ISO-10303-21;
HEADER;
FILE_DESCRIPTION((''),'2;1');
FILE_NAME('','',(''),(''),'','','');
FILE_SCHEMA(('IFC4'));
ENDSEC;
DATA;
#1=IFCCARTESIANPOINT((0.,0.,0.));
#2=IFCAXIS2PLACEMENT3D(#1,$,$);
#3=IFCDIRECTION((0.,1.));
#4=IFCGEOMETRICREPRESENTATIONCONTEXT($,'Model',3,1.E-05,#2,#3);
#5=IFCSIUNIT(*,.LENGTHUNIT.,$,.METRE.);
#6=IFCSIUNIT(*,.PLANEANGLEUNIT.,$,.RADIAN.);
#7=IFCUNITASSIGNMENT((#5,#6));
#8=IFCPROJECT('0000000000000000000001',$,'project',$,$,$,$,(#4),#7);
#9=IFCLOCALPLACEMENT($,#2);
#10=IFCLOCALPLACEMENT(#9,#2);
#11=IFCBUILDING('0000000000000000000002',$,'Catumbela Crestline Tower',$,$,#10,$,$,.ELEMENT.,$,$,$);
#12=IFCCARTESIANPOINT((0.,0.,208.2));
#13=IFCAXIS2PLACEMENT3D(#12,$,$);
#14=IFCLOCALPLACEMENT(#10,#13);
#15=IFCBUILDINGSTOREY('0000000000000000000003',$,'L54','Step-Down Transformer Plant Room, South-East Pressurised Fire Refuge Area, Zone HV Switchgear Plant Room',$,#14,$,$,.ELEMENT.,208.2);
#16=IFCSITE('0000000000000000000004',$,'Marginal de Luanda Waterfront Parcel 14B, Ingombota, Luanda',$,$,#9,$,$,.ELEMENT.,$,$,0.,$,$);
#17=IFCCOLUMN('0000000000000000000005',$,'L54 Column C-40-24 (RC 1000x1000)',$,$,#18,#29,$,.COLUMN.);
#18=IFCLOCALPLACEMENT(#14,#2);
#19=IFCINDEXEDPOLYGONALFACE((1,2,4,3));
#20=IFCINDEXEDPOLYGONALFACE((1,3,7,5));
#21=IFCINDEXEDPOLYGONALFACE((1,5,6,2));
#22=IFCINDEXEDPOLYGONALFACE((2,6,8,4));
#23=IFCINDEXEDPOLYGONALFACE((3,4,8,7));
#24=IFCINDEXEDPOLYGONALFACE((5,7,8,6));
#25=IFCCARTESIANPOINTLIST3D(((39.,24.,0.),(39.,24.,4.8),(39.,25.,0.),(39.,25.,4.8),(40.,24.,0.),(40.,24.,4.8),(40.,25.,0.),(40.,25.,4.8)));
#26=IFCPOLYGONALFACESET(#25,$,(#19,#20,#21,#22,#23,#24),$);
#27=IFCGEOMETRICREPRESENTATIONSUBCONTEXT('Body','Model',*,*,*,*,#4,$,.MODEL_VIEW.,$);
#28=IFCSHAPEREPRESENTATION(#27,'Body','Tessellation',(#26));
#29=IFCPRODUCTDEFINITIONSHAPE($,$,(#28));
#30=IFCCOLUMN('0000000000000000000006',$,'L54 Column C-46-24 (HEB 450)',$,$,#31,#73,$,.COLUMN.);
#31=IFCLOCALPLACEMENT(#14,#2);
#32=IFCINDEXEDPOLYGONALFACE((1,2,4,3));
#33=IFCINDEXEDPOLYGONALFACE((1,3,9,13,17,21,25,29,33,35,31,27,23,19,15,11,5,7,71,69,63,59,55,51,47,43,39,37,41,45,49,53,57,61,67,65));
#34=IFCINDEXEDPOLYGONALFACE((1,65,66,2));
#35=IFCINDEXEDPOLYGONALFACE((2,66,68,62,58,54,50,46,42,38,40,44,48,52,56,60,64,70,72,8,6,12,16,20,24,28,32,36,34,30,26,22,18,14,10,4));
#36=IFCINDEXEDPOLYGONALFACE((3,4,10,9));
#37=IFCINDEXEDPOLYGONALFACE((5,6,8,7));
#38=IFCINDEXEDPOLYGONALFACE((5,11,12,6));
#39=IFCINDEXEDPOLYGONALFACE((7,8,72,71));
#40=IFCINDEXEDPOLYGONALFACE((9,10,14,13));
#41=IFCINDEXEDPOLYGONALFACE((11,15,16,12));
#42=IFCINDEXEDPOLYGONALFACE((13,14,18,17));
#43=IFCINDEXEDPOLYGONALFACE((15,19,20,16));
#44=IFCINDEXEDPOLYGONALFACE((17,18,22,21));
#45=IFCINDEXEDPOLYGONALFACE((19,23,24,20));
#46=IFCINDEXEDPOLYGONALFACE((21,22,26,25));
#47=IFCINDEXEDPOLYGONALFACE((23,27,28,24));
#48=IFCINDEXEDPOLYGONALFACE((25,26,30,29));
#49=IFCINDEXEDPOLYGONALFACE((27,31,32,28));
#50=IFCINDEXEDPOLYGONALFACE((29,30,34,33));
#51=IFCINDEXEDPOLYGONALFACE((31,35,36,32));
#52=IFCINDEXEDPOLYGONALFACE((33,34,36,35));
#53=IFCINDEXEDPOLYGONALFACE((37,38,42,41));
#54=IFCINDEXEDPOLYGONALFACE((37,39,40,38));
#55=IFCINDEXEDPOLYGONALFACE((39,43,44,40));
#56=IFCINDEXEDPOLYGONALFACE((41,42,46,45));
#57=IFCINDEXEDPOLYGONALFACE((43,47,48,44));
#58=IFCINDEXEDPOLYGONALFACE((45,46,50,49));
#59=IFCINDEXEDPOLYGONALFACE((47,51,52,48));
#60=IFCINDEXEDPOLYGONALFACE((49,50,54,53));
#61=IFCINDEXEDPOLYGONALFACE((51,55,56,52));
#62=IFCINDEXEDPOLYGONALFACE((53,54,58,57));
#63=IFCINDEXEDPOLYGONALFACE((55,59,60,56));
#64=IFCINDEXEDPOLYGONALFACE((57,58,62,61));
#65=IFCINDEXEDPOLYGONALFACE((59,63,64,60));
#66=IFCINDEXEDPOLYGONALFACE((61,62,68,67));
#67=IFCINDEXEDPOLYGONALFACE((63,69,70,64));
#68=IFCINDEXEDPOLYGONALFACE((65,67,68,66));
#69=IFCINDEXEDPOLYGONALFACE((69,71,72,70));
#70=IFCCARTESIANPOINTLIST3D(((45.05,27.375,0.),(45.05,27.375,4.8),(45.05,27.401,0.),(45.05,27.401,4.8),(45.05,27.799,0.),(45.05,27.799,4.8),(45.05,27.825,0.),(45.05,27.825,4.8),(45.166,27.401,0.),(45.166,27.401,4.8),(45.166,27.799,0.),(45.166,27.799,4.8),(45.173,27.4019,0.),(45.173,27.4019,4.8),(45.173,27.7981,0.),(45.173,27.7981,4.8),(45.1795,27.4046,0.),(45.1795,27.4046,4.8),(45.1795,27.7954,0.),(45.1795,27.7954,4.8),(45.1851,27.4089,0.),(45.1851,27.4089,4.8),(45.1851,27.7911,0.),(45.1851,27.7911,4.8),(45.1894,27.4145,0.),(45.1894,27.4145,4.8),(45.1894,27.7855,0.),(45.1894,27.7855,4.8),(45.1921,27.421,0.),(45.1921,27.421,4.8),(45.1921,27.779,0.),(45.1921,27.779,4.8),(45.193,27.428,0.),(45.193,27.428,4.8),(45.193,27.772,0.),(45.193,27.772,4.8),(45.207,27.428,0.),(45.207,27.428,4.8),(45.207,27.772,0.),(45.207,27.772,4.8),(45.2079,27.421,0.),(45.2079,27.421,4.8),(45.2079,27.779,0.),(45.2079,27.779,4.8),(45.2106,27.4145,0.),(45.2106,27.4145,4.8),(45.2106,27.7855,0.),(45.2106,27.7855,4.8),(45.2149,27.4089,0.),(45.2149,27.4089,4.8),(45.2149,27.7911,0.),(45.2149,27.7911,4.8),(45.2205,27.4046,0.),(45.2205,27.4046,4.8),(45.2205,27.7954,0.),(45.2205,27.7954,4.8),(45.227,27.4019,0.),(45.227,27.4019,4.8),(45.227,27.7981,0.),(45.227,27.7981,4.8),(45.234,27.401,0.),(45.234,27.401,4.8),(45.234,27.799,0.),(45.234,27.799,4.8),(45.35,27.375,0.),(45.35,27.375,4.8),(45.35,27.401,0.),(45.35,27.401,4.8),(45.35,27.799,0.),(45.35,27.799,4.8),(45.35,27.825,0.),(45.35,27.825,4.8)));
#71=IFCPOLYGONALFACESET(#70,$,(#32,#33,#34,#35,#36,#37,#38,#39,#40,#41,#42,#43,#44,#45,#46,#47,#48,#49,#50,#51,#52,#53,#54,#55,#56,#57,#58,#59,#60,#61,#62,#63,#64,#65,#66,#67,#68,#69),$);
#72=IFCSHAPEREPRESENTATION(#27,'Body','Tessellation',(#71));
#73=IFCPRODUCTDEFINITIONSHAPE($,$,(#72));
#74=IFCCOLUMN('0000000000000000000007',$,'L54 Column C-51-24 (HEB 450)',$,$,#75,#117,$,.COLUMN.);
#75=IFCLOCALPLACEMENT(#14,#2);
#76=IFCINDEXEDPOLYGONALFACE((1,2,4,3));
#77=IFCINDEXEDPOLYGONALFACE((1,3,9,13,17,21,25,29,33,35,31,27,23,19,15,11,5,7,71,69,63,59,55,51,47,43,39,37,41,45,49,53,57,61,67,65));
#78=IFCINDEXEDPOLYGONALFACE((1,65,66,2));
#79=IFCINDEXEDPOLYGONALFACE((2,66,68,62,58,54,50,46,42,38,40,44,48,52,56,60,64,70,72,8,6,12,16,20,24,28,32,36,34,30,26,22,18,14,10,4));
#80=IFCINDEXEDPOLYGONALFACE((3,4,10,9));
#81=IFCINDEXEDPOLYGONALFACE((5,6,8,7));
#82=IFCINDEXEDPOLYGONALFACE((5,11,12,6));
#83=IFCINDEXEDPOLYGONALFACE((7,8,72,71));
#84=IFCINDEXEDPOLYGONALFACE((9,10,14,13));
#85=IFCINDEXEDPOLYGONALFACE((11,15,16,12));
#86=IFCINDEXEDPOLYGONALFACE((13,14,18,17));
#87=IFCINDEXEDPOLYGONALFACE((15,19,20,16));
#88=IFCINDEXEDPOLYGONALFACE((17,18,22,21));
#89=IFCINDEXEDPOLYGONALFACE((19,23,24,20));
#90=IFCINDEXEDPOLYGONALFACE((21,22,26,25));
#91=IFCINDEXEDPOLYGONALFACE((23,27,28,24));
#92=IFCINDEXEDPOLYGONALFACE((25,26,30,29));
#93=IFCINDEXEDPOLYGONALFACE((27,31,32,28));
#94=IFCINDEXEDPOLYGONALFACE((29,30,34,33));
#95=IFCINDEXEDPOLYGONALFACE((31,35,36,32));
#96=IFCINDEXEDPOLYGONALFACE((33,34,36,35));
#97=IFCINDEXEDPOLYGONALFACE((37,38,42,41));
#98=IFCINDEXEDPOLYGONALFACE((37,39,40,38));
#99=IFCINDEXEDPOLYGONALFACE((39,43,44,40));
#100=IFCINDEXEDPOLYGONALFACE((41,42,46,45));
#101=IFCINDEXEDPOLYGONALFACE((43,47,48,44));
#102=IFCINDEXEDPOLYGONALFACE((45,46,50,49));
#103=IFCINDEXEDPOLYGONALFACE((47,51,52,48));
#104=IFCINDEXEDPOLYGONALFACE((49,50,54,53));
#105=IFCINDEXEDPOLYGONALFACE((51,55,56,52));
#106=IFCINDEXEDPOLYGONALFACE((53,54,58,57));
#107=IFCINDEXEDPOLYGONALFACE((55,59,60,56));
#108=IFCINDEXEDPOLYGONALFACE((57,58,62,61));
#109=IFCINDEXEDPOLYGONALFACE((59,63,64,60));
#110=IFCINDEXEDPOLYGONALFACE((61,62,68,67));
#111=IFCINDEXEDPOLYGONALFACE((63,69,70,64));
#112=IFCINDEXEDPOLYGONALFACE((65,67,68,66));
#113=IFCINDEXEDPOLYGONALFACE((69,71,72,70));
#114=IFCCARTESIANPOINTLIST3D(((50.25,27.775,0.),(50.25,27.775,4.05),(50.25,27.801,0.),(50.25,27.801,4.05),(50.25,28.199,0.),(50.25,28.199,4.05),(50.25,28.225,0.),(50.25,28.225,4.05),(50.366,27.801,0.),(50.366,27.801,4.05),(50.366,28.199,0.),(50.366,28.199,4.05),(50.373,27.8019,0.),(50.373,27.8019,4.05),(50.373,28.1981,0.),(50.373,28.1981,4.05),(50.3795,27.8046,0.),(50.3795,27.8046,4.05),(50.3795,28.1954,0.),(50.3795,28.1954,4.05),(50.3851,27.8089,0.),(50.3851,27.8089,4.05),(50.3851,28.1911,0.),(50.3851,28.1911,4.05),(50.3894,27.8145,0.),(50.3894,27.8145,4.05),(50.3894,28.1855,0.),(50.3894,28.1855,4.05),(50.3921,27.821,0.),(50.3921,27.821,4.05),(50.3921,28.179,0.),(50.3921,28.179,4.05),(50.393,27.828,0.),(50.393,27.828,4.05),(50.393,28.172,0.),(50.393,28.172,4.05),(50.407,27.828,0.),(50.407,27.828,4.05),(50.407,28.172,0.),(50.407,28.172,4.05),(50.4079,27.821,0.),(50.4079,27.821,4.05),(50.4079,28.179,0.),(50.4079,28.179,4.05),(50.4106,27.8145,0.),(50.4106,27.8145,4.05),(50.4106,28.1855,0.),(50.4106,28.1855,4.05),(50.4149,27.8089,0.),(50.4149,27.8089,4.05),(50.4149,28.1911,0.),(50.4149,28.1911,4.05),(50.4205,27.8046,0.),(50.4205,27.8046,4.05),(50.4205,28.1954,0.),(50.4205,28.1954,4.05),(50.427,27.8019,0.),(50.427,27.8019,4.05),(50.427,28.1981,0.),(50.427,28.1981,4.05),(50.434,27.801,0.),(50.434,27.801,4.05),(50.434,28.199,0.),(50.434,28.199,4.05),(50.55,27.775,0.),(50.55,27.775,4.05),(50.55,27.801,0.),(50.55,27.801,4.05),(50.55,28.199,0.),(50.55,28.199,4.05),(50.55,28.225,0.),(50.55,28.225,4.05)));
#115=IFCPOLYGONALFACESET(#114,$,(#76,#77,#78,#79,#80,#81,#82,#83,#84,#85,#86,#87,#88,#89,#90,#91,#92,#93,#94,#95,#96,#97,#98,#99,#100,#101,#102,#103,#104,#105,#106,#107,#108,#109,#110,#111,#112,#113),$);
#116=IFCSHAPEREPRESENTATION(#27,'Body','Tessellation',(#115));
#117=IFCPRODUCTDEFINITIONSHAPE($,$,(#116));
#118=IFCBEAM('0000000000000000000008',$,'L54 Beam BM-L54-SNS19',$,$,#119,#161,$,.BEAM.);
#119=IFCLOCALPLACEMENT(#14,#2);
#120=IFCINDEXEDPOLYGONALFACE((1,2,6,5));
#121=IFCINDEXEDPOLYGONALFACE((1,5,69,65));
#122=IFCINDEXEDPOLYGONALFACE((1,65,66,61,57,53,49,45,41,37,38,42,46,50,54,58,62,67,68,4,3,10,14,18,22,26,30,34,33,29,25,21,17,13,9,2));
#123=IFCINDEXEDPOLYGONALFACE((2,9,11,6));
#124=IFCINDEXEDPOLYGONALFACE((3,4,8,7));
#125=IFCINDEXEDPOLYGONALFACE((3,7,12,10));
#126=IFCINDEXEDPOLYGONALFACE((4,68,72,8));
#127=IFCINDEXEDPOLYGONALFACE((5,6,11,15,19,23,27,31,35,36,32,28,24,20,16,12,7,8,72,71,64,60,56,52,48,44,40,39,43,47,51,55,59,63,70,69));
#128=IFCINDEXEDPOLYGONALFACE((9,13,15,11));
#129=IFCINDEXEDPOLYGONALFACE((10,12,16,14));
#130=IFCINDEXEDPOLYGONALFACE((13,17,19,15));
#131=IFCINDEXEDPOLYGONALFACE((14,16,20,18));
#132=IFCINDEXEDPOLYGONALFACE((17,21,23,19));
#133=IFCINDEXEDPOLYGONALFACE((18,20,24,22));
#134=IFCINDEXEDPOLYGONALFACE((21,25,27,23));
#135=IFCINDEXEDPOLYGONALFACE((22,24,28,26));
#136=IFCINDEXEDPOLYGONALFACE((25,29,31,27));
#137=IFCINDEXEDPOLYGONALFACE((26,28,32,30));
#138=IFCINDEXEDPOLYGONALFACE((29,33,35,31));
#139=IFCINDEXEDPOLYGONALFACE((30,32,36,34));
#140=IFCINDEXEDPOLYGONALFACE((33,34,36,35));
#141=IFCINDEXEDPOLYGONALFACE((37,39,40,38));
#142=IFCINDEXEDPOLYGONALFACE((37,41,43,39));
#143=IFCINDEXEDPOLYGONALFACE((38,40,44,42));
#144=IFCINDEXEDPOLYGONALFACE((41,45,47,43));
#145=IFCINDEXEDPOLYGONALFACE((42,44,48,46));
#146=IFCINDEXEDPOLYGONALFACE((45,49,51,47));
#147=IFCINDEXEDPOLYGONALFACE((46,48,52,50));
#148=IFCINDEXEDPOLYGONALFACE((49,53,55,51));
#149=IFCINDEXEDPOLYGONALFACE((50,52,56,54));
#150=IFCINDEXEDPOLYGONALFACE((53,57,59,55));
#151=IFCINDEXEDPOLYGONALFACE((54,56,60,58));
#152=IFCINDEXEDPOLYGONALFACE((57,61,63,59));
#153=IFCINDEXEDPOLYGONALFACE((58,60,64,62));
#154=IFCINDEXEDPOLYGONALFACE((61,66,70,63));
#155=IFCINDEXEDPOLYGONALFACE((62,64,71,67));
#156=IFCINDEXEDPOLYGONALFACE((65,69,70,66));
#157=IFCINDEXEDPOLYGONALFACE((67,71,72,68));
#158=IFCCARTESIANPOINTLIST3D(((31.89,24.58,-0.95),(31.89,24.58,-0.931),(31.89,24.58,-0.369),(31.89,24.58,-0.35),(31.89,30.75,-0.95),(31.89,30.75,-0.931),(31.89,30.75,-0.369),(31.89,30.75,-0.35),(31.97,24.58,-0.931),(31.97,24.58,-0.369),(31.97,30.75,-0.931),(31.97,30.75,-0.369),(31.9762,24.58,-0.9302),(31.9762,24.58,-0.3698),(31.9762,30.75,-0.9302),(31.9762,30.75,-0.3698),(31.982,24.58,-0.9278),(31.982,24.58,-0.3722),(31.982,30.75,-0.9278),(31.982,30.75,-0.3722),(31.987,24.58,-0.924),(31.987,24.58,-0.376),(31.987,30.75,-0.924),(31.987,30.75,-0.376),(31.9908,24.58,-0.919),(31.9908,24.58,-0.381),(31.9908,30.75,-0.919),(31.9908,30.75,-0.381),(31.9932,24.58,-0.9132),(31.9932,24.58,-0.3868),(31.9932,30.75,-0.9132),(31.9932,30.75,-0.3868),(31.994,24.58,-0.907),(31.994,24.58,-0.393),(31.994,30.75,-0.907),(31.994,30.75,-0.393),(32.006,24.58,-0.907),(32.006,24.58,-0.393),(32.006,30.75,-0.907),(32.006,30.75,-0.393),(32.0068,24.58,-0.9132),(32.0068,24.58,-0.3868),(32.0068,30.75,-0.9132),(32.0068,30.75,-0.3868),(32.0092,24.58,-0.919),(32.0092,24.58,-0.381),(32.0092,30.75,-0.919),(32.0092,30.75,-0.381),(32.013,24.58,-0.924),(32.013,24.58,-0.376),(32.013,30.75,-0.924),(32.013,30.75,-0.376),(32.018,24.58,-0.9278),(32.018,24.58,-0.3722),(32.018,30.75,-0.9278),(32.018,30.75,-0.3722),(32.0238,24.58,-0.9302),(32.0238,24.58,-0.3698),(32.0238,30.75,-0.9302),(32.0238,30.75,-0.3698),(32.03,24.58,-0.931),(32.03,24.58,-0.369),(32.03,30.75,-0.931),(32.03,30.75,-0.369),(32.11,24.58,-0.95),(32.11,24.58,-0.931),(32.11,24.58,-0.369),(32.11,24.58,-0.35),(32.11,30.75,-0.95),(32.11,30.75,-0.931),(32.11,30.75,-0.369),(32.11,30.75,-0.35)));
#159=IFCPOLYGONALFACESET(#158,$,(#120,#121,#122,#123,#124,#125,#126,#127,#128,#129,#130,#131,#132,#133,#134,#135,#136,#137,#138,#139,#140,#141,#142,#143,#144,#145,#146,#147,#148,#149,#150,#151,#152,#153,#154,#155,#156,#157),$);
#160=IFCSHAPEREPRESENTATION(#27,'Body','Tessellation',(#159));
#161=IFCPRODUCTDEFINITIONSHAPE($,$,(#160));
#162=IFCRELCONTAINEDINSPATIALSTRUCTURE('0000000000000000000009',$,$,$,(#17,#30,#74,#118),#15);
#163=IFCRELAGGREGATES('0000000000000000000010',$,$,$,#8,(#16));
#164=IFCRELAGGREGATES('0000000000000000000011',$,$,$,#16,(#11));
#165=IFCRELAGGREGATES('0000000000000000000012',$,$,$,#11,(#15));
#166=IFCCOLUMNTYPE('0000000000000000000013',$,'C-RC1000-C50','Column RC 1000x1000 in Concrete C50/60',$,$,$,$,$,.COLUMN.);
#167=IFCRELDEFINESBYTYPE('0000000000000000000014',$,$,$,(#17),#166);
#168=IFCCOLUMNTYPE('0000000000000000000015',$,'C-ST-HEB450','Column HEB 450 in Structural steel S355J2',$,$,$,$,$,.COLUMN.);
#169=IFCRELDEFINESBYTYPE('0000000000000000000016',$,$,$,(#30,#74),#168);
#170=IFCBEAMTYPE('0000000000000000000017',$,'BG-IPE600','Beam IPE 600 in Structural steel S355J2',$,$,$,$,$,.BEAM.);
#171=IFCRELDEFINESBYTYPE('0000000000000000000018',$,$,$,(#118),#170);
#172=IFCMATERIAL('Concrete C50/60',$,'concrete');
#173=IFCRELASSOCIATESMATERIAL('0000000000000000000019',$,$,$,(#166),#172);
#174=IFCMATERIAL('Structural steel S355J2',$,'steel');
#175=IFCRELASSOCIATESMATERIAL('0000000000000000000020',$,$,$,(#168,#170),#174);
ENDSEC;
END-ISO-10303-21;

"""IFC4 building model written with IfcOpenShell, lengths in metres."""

from ifc_helpers import new_model, si_unit, direction, frame, origin, origin_2d, place, context, subcontext, project, spatial, rectangle, i_section, extrude, material, material_profile, profile_set, type_object, element, save


model = new_model("IFC4")

# Units and contexts
model_context = context("Model", 3, precision=1e-05, world=origin(), true_north=direction((0.0, 1.0)))
body_context = subcontext(model_context, "Body", "Model", "MODEL_VIEW")
ifc_project = project(units=[si_unit("LENGTHUNIT", "METRE"), si_unit("PLANEANGLEUNIT", "RADIAN")], contexts=[model_context])

# Site, building, storey
site_placement = place(None, origin())
site = spatial("IfcSite", under=ifc_project, at=site_placement, Name="Marginal de Luanda Waterfront Parcel 14B, Ingombota, Luanda", CompositionType="ELEMENT", RefElevation=0.0)
building_placement = place(site_placement, origin())
building = spatial("IfcBuilding", under=site, at=building_placement, Name="Catumbela Crestline Tower", CompositionType="ELEMENT")
storey_placement = place(building_placement, frame((0.0, 0.0, 208.2)))
storey = spatial("IfcBuildingStorey", under=building, at=storey_placement, Name="L54", Description="Step-Down Transformer Plant Room, South-East Pressurised Fire Refuge Area, Zone HV Switchgear Plant Room", CompositionType="ELEMENT", Elevation=208.2)

# Columns
ifc_material_1 = material(Name="Concrete C50/60", Category="concrete")
ifc_material_profile_1 = material_profile(ifc_material_1, rectangle(XDim=1.0, YDim=1.0, at=origin_2d()), Name="RC 1000x1000")
ifc_profile_set_1 = profile_set([ifc_material_profile_1], Name="Concrete C50/60")
column_type_1 = type_object("IfcColumnType", Name="C-RC1000-C50", Description="Column RC 1000x1000 in Concrete C50/60", PredefinedType="COLUMN", material=ifc_profile_set_1)
column_1_placement = place(storey_placement, frame((39.5, 24.5, 0.0), z_axis=(0.0, 0.0, 1.0), x_axis=(1.0, 0.0, 0.0)))
element("IfcColumn", 1, at=column_1_placement, inside=storey, type_object=column_type_1, Name="L54 Column C-40-24 (RC 1000x1000)", PredefinedType="COLUMN", context=body_context, shape_type="SweptSolid", body=[
    extrude(rectangle(XDim=1.0, YDim=1.0, at=origin_2d()), origin(), (0.0, 0.0, 1.0), 4.8),
])
ifc_material_2 = material(Name="Structural steel S355J2", Category="steel")
ifc_material_profile_2 = material_profile(ifc_material_2, i_section(OverallWidth=0.3, OverallDepth=0.45, WebThickness=0.014, FlangeThickness=0.026, FilletRadius=0.027, at=origin_2d()), Name="HEB 450")
ifc_profile_set_2 = profile_set([ifc_material_profile_2], Name="Structural steel S355J2")
column_type_2 = type_object("IfcColumnType", Name="C-ST-HEB450", Description="Column HEB 450 in Structural steel S355J2", PredefinedType="COLUMN", material=ifc_profile_set_2)
column_2_placement = place(storey_placement, frame((45.2, 27.6, 0.0), z_axis=(0.0, 0.0, 1.0), x_axis=(1.0, 0.0, 0.0)))
element("IfcColumn", 2, at=column_2_placement, inside=storey, type_object=column_type_2, Name="L54 Column C-46-24 (HEB 450)", PredefinedType="COLUMN", context=body_context, shape_type="SweptSolid", body=[
    extrude(i_section(OverallWidth=0.3, OverallDepth=0.45, WebThickness=0.014, FlangeThickness=0.026, FilletRadius=0.027, at=origin_2d()), origin(), (0.0, 0.0, 1.0), 4.8),
])
column_3_placement = place(storey_placement, frame((50.4, 28.0, 0.0), z_axis=(0.0, 0.0, 1.0), x_axis=(1.0, 0.0, 0.0)))
element("IfcColumn", 3, at=column_3_placement, inside=storey, type_object=column_type_2, Name="L54 Column C-51-24 (HEB 450)", PredefinedType="COLUMN", context=body_context, shape_type="SweptSolid", body=[
    extrude(i_section(OverallWidth=0.3, OverallDepth=0.45, WebThickness=0.014, FlangeThickness=0.026, FilletRadius=0.027, at=origin_2d()), origin(), (0.0, 0.0, 1.0), 4.05),
])

# Beam
ifc_material_profile_3 = material_profile(ifc_material_2, i_section(OverallWidth=0.22, OverallDepth=0.6, WebThickness=0.012, FlangeThickness=0.019, FilletRadius=0.024, at=origin_2d()), Name="IPE 600")
ifc_profile_set_3 = profile_set([ifc_material_profile_3], Name="Structural steel S355J2")
beam_type_1 = type_object("IfcBeamType", Name="BG-IPE600", Description="Beam IPE 600 in Structural steel S355J2", PredefinedType="BEAM", material=ifc_profile_set_3)
for number, where, z_axis, x_axis, name in (
    (4, (32.0, 24.58, -0.65), (0.0, 1.0, 0.0), (-1.0, 0.0, 0.0), "L54 Beam BM-L54-SNS19"),
):
    element("IfcBeam", number, at=place(storey_placement, frame(where, z_axis=z_axis, x_axis=x_axis)), inside=storey, type_object=beam_type_1, Name=name, PredefinedType="BEAM", context=body_context, shape_type="SweptSolid", body=[
        extrude(i_section(OverallWidth=0.22, OverallDepth=0.6, WebThickness=0.012, FlangeThickness=0.019, FilletRadius=0.024, at=origin_2d()), origin(), (0.0, 0.0, 1.0), 6.17),
    ])

save(model, "model.ifc")
